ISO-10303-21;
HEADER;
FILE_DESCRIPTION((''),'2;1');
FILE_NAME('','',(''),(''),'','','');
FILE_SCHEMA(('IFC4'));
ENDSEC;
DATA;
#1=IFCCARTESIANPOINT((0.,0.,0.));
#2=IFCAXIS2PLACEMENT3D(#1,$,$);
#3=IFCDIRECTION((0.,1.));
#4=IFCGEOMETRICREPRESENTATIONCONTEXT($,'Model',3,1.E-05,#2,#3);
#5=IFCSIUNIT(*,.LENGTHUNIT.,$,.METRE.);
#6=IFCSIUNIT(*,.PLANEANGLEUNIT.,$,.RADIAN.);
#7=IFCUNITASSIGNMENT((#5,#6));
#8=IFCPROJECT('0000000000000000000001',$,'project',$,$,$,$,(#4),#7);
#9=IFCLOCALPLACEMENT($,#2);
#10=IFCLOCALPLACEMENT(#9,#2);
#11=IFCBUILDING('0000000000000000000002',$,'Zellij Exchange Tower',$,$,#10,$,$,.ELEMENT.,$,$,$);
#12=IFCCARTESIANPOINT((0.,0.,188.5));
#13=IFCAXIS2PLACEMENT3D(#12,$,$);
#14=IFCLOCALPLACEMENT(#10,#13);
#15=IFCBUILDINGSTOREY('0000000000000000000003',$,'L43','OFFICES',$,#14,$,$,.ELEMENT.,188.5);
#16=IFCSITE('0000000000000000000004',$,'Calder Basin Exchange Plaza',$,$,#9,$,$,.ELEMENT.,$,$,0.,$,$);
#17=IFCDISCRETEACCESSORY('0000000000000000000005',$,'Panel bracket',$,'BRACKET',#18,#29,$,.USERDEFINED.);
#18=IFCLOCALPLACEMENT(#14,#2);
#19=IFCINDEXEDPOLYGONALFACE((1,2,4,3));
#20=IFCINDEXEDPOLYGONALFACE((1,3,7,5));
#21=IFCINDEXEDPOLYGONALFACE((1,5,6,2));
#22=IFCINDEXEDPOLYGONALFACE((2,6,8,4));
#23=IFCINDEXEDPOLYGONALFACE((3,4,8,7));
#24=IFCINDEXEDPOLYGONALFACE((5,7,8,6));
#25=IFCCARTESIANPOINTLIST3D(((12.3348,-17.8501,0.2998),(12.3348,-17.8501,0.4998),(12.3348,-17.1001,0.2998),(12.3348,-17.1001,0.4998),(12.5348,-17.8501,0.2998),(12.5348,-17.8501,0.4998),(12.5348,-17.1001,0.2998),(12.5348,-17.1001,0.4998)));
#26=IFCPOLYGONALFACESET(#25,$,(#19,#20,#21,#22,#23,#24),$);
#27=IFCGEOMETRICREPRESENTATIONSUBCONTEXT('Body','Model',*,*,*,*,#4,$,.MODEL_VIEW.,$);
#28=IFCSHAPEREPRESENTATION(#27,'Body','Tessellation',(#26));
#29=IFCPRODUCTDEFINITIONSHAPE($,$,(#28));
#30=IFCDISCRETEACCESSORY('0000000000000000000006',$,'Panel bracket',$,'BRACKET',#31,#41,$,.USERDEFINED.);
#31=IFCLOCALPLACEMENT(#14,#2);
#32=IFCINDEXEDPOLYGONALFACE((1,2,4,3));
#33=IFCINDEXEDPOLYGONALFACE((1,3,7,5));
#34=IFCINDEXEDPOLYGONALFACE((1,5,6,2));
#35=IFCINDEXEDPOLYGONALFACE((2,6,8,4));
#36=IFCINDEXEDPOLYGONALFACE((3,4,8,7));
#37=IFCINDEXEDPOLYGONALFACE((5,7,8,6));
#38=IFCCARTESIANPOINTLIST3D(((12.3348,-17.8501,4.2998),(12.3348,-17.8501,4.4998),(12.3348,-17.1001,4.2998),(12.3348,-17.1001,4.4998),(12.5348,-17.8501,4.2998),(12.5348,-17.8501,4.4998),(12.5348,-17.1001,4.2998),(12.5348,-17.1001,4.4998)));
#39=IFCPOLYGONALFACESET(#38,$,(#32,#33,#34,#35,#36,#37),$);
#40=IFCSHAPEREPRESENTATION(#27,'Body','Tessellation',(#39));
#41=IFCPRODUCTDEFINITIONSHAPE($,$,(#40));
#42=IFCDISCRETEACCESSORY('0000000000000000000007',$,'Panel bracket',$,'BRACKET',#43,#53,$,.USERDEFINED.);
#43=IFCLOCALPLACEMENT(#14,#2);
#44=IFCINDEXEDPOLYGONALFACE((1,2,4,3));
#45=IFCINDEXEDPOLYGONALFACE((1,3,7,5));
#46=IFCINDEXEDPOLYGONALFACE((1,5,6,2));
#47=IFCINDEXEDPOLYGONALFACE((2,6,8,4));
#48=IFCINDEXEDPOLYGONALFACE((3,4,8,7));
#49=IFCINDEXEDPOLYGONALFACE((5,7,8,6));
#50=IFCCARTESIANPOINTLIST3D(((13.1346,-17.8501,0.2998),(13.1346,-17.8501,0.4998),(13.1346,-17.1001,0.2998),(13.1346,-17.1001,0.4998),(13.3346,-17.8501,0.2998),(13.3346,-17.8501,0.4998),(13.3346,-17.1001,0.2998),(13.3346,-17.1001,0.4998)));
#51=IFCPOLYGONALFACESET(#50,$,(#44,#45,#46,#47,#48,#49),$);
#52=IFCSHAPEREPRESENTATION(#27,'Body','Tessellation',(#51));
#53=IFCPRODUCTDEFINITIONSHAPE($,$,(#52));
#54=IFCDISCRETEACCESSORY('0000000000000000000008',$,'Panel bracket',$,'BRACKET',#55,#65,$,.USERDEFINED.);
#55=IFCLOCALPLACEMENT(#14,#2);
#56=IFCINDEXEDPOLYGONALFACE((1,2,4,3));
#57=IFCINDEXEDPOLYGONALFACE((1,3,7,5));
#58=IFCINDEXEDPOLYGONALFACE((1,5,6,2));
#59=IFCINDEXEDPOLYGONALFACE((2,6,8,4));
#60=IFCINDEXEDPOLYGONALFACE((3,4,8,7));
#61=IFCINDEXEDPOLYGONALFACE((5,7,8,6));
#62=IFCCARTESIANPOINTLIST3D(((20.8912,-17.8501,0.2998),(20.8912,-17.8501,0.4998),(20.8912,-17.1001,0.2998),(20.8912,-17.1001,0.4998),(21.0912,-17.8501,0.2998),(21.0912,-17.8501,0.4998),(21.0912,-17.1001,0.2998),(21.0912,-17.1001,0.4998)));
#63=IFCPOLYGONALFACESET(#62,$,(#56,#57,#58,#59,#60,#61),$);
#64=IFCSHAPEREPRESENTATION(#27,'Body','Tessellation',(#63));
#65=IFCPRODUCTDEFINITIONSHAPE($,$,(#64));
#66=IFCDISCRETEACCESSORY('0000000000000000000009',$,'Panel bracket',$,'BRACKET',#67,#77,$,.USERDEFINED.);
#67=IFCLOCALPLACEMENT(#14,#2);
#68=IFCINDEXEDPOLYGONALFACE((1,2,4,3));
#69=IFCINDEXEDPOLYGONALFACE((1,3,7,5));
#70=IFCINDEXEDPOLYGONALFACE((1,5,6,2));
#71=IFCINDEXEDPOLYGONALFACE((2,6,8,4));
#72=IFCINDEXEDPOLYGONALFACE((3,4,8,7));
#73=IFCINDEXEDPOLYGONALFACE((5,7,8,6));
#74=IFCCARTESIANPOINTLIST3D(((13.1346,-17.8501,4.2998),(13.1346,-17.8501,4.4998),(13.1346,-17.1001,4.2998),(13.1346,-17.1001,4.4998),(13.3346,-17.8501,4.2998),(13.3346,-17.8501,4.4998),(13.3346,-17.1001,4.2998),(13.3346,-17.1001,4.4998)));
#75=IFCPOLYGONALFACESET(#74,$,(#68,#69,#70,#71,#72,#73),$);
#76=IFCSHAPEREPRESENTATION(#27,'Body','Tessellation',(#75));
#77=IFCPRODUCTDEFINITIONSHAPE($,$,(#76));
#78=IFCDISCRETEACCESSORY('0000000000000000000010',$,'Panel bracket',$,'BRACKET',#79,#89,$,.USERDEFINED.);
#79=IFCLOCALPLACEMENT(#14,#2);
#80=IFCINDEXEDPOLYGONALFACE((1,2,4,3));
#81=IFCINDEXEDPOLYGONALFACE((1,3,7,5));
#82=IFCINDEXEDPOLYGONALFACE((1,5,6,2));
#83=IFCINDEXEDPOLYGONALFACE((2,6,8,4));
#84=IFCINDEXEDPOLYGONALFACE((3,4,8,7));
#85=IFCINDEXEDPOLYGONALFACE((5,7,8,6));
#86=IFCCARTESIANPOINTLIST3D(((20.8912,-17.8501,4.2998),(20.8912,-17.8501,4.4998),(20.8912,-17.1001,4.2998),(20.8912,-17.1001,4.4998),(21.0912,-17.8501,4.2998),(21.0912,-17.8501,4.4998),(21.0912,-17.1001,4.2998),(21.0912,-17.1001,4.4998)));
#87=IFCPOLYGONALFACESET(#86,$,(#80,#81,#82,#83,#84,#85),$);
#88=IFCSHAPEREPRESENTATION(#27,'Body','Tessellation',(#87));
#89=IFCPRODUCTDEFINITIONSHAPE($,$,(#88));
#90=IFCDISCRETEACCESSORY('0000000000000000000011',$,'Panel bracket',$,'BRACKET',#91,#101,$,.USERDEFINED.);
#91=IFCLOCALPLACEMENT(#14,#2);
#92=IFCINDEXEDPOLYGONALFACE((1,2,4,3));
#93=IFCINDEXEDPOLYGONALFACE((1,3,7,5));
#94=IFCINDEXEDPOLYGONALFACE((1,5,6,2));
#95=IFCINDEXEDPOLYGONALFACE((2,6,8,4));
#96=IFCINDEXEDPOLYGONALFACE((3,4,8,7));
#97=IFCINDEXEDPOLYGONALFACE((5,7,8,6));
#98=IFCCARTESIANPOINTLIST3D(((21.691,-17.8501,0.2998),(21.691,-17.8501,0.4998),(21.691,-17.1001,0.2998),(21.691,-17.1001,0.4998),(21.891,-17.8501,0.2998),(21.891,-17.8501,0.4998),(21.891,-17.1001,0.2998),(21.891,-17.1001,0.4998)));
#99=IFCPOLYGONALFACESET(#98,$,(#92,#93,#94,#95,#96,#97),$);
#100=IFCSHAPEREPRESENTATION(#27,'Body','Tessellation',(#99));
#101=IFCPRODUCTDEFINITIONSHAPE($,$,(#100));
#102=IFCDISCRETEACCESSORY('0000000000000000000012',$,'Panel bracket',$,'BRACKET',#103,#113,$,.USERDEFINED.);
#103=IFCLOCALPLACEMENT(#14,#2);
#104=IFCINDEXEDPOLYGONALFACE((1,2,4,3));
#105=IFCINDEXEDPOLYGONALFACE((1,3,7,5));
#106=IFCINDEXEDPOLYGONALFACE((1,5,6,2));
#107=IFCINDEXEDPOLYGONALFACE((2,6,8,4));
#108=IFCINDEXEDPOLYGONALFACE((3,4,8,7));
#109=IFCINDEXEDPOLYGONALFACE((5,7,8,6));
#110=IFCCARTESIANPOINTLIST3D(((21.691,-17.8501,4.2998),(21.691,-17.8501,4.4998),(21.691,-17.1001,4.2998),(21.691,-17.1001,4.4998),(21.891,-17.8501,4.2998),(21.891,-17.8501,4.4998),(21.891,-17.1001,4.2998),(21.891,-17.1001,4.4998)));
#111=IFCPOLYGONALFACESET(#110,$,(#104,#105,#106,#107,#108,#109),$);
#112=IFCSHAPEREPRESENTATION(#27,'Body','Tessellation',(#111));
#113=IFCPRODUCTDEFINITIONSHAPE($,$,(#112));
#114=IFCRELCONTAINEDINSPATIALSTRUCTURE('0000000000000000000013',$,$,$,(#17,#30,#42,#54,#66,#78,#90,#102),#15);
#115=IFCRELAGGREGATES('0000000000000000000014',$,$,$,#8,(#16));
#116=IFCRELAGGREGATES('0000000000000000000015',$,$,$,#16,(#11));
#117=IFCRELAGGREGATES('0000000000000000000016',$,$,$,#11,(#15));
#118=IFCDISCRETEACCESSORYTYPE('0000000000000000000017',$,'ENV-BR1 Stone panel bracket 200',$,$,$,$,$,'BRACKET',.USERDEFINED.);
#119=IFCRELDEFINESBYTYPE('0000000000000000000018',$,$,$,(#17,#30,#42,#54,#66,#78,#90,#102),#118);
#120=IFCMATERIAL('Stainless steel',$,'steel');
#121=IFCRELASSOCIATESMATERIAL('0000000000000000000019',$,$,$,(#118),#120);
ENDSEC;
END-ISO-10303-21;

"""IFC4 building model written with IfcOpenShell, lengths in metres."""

from ifc_helpers import new_model, si_unit, direction, frame, origin, origin_2d, place, context, subcontext, project, spatial, rectangle, extrude, material, type_object, element, save


model = new_model("IFC4")

# Units and contexts
model_context = context("Model", 3, precision=1e-05, world=origin(), true_north=direction((0.0, 1.0)))
body_context = subcontext(model_context, "Body", "Model", "MODEL_VIEW")
ifc_project = project(units=[si_unit("LENGTHUNIT", "METRE"), si_unit("PLANEANGLEUNIT", "RADIAN")], contexts=[model_context])

# Site, building, storey
site_placement = place(None, origin())
site = spatial("IfcSite", under=ifc_project, at=site_placement, Name="Calder Basin Exchange Plaza", CompositionType="ELEMENT", RefElevation=0.0)
building_placement = place(site_placement, origin())
building = spatial("IfcBuilding", under=site, at=building_placement, Name="Zellij Exchange Tower", CompositionType="ELEMENT")
storey_placement = place(building_placement, frame((0.0, 0.0, 188.5)))
storey = spatial("IfcBuildingStorey", under=building, at=storey_placement, Name="L43", Description="OFFICES", CompositionType="ELEMENT", Elevation=188.5)

# Shared definitions
ifc_material_1 = material(Name="Stainless steel", Category="steel")

# Discrete accessories
discrete_accessory_type = type_object("IfcDiscreteAccessoryType", Name="ENV-BR1 Stone panel bracket 200", ElementType="BRACKET", PredefinedType="USERDEFINED", material=ifc_material_1)
for number, where, z_axis, x_axis, name in (
    (1, (12.4348, -17.4751, 0.2998), (0.0, 0.0, 1.0), (1.0, 0.0, 0.0), "Panel bracket"),
    (2, (12.4348, -17.4751, 4.2998), (0.0, 0.0, 1.0), (1.0, 0.0, 0.0), "Panel bracket"),
    (3, (13.2346, -17.4751, 0.2998), (0.0, 0.0, 1.0), (1.0, 0.0, 0.0), "Panel bracket"),
    (4, (20.9912, -17.4751, 0.2998), (0.0, 0.0, 1.0), (1.0, 0.0, 0.0), "Panel bracket"),
    (5, (13.2346, -17.4751, 4.2998), (0.0, 0.0, 1.0), (1.0, 0.0, 0.0), "Panel bracket"),
    (6, (20.9912, -17.4751, 4.2998), (0.0, 0.0, 1.0), (1.0, 0.0, 0.0), "Panel bracket"),
    (7, (21.791, -17.4751, 0.2998), (0.0, 0.0, 1.0), (1.0, 0.0, 0.0), "Panel bracket"),
    (8, (21.791, -17.4751, 4.2998), (0.0, 0.0, 1.0), (1.0, 0.0, 0.0), "Panel bracket"),
):
    element("IfcDiscreteAccessory", number, at=place(storey_placement, frame(where, z_axis=z_axis, x_axis=x_axis)), inside=storey, type_object=discrete_accessory_type, Name=name, ObjectType="BRACKET", PredefinedType="USERDEFINED", context=body_context, shape_type="SweptSolid", body=[
        extrude(rectangle(XDim=0.2, YDim=0.75, at=origin_2d()), origin(), (0.0, 0.0, 1.0), 0.2),
    ])

save(model, "model.ifc")
